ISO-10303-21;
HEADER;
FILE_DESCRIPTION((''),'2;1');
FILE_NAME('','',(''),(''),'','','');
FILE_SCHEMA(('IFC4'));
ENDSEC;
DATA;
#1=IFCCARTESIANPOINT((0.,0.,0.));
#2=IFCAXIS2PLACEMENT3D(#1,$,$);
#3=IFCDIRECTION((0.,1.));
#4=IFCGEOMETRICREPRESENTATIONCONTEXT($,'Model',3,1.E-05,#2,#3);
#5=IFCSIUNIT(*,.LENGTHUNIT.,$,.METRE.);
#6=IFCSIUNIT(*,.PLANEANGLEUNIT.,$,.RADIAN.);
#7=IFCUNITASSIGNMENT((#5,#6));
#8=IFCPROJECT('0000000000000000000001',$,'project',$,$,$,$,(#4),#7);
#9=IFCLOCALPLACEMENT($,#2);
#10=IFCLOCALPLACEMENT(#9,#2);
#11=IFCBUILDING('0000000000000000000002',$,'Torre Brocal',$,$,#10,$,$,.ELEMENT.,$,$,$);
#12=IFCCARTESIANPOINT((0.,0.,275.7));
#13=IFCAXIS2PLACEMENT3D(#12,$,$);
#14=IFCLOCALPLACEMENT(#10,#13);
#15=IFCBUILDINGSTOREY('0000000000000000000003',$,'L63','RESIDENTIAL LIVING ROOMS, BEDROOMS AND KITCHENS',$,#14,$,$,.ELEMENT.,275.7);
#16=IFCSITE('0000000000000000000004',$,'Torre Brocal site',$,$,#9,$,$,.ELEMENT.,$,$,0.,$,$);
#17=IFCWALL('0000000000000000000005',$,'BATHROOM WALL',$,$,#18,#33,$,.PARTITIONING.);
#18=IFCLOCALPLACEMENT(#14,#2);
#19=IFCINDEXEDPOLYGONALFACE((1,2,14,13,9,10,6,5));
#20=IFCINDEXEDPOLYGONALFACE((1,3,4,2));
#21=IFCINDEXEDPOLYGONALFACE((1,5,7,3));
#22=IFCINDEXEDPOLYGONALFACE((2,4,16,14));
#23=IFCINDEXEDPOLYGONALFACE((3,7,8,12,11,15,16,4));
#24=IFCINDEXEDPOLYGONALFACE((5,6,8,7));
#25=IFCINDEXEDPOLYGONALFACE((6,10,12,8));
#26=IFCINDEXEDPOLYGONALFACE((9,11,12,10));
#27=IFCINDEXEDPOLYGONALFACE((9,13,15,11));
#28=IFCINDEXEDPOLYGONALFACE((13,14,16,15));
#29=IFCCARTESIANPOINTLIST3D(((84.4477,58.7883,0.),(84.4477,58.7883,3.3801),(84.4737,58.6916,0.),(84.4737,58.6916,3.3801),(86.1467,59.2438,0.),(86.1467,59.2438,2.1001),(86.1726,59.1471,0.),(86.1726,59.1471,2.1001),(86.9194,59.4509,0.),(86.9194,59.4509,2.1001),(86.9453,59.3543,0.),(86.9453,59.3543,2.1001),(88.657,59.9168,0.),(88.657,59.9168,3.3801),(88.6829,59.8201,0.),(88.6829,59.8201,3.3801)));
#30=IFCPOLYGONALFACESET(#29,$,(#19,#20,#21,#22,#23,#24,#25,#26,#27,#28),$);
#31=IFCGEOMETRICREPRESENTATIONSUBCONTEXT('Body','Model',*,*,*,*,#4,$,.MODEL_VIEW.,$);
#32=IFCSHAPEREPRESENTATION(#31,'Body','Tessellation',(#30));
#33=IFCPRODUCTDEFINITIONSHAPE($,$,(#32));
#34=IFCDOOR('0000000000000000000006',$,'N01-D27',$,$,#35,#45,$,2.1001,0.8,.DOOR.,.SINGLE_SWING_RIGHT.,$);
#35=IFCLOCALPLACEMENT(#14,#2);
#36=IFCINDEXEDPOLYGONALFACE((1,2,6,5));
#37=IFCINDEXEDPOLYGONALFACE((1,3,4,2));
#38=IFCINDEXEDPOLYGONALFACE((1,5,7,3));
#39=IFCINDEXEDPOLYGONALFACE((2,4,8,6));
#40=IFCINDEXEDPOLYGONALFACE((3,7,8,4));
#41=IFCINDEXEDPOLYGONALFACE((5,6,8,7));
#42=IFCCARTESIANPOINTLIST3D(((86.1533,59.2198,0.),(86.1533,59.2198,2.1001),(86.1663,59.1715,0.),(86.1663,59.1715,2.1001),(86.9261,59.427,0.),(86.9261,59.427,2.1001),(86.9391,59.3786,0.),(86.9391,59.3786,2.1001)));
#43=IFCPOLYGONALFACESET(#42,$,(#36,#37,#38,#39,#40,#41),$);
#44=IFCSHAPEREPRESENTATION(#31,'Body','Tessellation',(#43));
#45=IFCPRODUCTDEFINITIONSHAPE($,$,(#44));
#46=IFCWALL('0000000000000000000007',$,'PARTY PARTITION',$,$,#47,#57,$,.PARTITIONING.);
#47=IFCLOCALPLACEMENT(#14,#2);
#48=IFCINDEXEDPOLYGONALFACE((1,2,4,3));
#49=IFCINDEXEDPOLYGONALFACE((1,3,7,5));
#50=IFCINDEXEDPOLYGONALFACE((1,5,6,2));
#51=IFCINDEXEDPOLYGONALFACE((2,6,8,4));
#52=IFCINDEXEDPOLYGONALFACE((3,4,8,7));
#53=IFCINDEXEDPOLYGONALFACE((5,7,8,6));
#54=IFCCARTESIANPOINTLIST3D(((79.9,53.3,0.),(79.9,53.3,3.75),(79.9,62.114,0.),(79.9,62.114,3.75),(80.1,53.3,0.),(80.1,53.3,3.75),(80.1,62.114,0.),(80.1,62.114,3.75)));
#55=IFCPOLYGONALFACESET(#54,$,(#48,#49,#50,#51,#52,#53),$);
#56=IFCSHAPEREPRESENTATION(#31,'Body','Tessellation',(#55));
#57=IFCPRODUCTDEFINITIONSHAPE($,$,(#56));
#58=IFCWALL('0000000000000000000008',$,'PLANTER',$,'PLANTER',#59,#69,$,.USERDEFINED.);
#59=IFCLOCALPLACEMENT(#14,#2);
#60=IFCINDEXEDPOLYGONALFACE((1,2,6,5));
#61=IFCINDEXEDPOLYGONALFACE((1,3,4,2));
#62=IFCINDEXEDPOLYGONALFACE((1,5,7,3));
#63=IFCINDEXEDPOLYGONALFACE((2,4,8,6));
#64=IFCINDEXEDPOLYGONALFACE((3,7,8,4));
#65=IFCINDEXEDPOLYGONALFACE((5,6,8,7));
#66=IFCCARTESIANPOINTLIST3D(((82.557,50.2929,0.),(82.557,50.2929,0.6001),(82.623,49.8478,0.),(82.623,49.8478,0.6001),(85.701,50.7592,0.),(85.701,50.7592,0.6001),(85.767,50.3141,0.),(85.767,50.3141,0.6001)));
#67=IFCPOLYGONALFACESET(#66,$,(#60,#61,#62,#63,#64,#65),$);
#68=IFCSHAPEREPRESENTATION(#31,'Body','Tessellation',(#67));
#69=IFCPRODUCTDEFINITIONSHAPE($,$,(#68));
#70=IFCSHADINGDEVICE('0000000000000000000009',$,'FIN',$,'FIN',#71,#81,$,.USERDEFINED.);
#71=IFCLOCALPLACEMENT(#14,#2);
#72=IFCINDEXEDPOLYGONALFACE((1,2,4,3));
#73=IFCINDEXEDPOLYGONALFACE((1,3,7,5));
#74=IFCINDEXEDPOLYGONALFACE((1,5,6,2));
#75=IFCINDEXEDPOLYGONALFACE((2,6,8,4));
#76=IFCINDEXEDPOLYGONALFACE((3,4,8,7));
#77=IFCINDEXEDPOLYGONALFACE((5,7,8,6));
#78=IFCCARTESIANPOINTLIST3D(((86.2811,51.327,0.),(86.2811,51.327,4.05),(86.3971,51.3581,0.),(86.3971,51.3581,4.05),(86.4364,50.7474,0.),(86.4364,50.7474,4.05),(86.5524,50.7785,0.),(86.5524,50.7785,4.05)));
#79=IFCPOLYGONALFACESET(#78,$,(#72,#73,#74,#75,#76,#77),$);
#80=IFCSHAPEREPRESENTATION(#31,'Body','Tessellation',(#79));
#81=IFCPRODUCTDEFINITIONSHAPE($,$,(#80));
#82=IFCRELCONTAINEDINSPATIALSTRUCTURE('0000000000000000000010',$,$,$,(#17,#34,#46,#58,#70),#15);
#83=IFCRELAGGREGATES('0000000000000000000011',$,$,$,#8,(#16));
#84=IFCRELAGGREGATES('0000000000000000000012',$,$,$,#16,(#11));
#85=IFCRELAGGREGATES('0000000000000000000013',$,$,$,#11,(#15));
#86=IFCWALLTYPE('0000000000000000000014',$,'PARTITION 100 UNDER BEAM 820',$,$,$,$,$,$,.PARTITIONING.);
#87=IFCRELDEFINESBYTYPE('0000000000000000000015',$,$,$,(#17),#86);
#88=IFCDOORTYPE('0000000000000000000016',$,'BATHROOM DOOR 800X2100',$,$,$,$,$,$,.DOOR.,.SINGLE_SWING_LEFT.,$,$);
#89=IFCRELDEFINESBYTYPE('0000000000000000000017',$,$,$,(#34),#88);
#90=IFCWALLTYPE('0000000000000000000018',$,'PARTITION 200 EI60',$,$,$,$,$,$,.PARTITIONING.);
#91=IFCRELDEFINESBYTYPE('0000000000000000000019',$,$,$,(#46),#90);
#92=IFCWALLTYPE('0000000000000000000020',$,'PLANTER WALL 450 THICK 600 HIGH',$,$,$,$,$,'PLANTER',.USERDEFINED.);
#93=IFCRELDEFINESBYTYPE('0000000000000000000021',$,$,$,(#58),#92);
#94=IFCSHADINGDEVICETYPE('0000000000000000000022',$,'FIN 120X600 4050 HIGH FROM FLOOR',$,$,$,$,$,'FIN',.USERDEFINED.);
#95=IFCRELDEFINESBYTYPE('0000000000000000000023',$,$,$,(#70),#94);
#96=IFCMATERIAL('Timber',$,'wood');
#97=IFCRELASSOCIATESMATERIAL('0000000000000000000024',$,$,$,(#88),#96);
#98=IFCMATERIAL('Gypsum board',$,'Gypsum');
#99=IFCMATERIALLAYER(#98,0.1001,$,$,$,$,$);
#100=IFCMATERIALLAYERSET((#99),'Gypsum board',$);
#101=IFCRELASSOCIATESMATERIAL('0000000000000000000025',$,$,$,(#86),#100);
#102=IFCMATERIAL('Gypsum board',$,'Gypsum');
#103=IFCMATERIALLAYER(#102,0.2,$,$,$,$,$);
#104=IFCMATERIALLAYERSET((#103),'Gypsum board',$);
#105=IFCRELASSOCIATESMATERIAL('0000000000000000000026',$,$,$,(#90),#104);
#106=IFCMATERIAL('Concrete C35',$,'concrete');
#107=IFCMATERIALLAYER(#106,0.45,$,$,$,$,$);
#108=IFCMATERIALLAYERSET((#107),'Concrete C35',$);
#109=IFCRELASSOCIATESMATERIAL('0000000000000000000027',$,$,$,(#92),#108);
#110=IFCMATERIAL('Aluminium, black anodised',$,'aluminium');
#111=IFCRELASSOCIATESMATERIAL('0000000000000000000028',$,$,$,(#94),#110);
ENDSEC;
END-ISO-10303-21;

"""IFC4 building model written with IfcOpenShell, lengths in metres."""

from ifc_helpers import new_model, si_unit, direction, frame, frame_2d, origin, origin_2d, place, context, subcontext, project, spatial, rectangle, extrude, material, layer, layer_set, material_profile, profile_set, type_object, element, fill, save


model = new_model("IFC4")

# Units and contexts
model_context = context("Model", 3, precision=1e-05, world=origin(), true_north=direction((0.0, 1.0)))
body_context = subcontext(model_context, "Body", "Model", "MODEL_VIEW")
ifc_project = project(units=[si_unit("LENGTHUNIT", "METRE"), si_unit("PLANEANGLEUNIT", "RADIAN")], contexts=[model_context])

# Site, building, storey
site_placement = place(None, origin())
site = spatial("IfcSite", under=ifc_project, at=site_placement, Name="Torre Brocal site", CompositionType="ELEMENT", RefElevation=0.0)
building_placement = place(site_placement, origin())
building = spatial("IfcBuilding", under=site, at=building_placement, Name="Torre Brocal", CompositionType="ELEMENT")
storey_placement = place(building_placement, frame((0.0, 0.0, 275.7)))
storey = spatial("IfcBuildingStorey", under=building, at=storey_placement, Name="L63", Description="RESIDENTIAL LIVING ROOMS, BEDROOMS AND KITCHENS", CompositionType="ELEMENT", Elevation=275.7)

# Wall, opening, door
ifc_material_1 = material(Name="Timber", Category="wood")
door_type_1 = type_object("IfcDoorType", Name="BATHROOM DOOR 800X2100", OperationType="SINGLE_SWING_LEFT", PredefinedType="DOOR", material=ifc_material_1)
ifc_material_2 = material(Name="Gypsum board", Category="Gypsum")
ifc_layer_1 = layer(ifc_material_2, 0.1001)
ifc_layer_set_1 = layer_set([ifc_layer_1], Name="Gypsum board")
wall_type_1 = type_object("IfcWallType", Name="PARTITION 100 UNDER BEAM 820", PredefinedType="PARTITIONING", material=ifc_layer_set_1)
wall_1_placement = place(storey_placement, frame((84.4607, 58.74, 0.0), z_axis=(0.0, 0.0, 1.0), x_axis=(0.965894, 0.258939, 0.0)))
wall_1 = element("IfcWall", 1, at=wall_1_placement, inside=storey, type_object=wall_type_1, Name="BATHROOM WALL", PredefinedType="PARTITIONING", context=body_context, shape_type="SweptSolid", body=[
    extrude(rectangle(XDim=4.3579, YDim=0.1001, at=frame_2d((2.179, 0.0))), origin(), (0.0, 0.0, 1.0), 3.3801),
])
opening_1_placement = place(wall_1_placement, frame((1.759, 0.0, 0.0)))
opening_1 = element("IfcOpeningElement", 2, at=opening_1_placement, cuts=wall_1, PredefinedType="OPENING", context=body_context, shape_type="SweptSolid", body=[
    extrude(rectangle(XDim=0.8, YDim=2.1001, at=frame_2d((0.3999, 1.05))), frame((0.0, 0.0601, 0.0), z_axis=(0.0, -1.0, 0.0), x_axis=(1.0, 0.0, 0.0)), (0.0, 0.0, 1.0), 0.1201),
])
door_1_placement = place(opening_1_placement, frame((0.8, 0.0, 0.0), z_axis=(0.0, 0.0, 1.0), x_axis=(-1.0, 0.0, 0.0)))
door_1 = element("IfcDoor", 3, at=door_1_placement, inside=storey, type_object=door_type_1, Name="N01-D27", OperationType="SINGLE_SWING_RIGHT", OverallHeight=2.1001, OverallWidth=0.8, PredefinedType="DOOR", context=body_context, shape_type="SweptSolid", body=[
    extrude(rectangle(XDim=0.8, YDim=2.1001, at=frame_2d((0.3999, 1.05))), frame((0.0, 0.0249, 0.0), z_axis=(0.0, -1.0, 0.0), x_axis=(1.0, 0.0, 0.0)), (0.0, 0.0, 1.0), 0.05),
])
fill(opening_1, door_1)

# Walls
ifc_material_3 = material(Name="Gypsum board", Category="Gypsum")
ifc_layer_2 = layer(ifc_material_3, 0.2)
ifc_layer_set_2 = layer_set([ifc_layer_2], Name="Gypsum board")
wall_type_2 = type_object("IfcWallType", Name="PARTITION 200 EI60", PredefinedType="PARTITIONING", material=ifc_layer_set_2)
wall_2_placement = place(storey_placement, frame((80.0, 53.3, 0.0), z_axis=(0.0, 0.0, 1.0), x_axis=(0.0, 1.0, 0.0)))
element("IfcWall", 4, at=wall_2_placement, inside=storey, type_object=wall_type_2, Name="PARTY PARTITION", PredefinedType="PARTITIONING", context=body_context, shape_type="SweptSolid", body=[
    extrude(rectangle(XDim=8.814, YDim=0.2, at=frame_2d((4.407, 0.0))), origin(), (0.0, 0.0, 1.0), 3.75),
])
ifc_material_4 = material(Name="Concrete C35", Category="concrete")
ifc_layer_3 = layer(ifc_material_4, 0.45)
ifc_layer_set_3 = layer_set([ifc_layer_3], Name="Concrete C35")
wall_type_3 = type_object("IfcWallType", Name="PLANTER WALL 450 THICK 600 HIGH", ElementType="PLANTER", PredefinedType="USERDEFINED", material=ifc_layer_set_3)
wall_3_placement = place(storey_placement, frame((82.5898, 50.0703, 0.0), z_axis=(0.0, 0.0, 1.0), x_axis=(0.98918, 0.14671, 0.0)))
element("IfcWall", 5, at=wall_3_placement, inside=storey, type_object=wall_type_3, Name="PLANTER", ObjectType="PLANTER", PredefinedType="USERDEFINED", context=body_context, shape_type="SweptSolid", body=[
    extrude(rectangle(XDim=3.1785, YDim=0.45, at=frame_2d((1.5894, 0.0))), origin(), (0.0, 0.0, 1.0), 0.6001),
])

# Shading device
ifc_material_5 = material(Name="Aluminium, black anodised", Category="aluminium")
ifc_material_profile_1 = material_profile(ifc_material_5, rectangle(XDim=0.1201, YDim=0.6001, at=origin_2d()), Name="FIN 120X600 4050 HIGH FROM FLOOR")
ifc_profile_set_1 = profile_set([ifc_material_profile_1], Name="Aluminium, black anodised")
shading_device_type = type_object("IfcShadingDeviceType", Name="FIN 120X600 4050 HIGH FROM FLOOR", ElementType="FIN", PredefinedType="USERDEFINED", material=ifc_profile_set_1)
shading_device_placement = place(storey_placement, frame((86.4167, 51.0527, 0.0), z_axis=(0.0, 0.0, 1.0), x_axis=(0.965926, 0.258819, 0.0)))
element("IfcShadingDevice", 6, at=shading_device_placement, inside=storey, type_object=shading_device_type, Name="FIN", ObjectType="FIN", PredefinedType="USERDEFINED", context=body_context, shape_type="SweptSolid", body=[
    extrude(rectangle(XDim=0.1201, YDim=0.6001, at=origin_2d()), origin(), (0.0, 0.0, 1.0), 4.05),
])

save(model, "model.ifc")
